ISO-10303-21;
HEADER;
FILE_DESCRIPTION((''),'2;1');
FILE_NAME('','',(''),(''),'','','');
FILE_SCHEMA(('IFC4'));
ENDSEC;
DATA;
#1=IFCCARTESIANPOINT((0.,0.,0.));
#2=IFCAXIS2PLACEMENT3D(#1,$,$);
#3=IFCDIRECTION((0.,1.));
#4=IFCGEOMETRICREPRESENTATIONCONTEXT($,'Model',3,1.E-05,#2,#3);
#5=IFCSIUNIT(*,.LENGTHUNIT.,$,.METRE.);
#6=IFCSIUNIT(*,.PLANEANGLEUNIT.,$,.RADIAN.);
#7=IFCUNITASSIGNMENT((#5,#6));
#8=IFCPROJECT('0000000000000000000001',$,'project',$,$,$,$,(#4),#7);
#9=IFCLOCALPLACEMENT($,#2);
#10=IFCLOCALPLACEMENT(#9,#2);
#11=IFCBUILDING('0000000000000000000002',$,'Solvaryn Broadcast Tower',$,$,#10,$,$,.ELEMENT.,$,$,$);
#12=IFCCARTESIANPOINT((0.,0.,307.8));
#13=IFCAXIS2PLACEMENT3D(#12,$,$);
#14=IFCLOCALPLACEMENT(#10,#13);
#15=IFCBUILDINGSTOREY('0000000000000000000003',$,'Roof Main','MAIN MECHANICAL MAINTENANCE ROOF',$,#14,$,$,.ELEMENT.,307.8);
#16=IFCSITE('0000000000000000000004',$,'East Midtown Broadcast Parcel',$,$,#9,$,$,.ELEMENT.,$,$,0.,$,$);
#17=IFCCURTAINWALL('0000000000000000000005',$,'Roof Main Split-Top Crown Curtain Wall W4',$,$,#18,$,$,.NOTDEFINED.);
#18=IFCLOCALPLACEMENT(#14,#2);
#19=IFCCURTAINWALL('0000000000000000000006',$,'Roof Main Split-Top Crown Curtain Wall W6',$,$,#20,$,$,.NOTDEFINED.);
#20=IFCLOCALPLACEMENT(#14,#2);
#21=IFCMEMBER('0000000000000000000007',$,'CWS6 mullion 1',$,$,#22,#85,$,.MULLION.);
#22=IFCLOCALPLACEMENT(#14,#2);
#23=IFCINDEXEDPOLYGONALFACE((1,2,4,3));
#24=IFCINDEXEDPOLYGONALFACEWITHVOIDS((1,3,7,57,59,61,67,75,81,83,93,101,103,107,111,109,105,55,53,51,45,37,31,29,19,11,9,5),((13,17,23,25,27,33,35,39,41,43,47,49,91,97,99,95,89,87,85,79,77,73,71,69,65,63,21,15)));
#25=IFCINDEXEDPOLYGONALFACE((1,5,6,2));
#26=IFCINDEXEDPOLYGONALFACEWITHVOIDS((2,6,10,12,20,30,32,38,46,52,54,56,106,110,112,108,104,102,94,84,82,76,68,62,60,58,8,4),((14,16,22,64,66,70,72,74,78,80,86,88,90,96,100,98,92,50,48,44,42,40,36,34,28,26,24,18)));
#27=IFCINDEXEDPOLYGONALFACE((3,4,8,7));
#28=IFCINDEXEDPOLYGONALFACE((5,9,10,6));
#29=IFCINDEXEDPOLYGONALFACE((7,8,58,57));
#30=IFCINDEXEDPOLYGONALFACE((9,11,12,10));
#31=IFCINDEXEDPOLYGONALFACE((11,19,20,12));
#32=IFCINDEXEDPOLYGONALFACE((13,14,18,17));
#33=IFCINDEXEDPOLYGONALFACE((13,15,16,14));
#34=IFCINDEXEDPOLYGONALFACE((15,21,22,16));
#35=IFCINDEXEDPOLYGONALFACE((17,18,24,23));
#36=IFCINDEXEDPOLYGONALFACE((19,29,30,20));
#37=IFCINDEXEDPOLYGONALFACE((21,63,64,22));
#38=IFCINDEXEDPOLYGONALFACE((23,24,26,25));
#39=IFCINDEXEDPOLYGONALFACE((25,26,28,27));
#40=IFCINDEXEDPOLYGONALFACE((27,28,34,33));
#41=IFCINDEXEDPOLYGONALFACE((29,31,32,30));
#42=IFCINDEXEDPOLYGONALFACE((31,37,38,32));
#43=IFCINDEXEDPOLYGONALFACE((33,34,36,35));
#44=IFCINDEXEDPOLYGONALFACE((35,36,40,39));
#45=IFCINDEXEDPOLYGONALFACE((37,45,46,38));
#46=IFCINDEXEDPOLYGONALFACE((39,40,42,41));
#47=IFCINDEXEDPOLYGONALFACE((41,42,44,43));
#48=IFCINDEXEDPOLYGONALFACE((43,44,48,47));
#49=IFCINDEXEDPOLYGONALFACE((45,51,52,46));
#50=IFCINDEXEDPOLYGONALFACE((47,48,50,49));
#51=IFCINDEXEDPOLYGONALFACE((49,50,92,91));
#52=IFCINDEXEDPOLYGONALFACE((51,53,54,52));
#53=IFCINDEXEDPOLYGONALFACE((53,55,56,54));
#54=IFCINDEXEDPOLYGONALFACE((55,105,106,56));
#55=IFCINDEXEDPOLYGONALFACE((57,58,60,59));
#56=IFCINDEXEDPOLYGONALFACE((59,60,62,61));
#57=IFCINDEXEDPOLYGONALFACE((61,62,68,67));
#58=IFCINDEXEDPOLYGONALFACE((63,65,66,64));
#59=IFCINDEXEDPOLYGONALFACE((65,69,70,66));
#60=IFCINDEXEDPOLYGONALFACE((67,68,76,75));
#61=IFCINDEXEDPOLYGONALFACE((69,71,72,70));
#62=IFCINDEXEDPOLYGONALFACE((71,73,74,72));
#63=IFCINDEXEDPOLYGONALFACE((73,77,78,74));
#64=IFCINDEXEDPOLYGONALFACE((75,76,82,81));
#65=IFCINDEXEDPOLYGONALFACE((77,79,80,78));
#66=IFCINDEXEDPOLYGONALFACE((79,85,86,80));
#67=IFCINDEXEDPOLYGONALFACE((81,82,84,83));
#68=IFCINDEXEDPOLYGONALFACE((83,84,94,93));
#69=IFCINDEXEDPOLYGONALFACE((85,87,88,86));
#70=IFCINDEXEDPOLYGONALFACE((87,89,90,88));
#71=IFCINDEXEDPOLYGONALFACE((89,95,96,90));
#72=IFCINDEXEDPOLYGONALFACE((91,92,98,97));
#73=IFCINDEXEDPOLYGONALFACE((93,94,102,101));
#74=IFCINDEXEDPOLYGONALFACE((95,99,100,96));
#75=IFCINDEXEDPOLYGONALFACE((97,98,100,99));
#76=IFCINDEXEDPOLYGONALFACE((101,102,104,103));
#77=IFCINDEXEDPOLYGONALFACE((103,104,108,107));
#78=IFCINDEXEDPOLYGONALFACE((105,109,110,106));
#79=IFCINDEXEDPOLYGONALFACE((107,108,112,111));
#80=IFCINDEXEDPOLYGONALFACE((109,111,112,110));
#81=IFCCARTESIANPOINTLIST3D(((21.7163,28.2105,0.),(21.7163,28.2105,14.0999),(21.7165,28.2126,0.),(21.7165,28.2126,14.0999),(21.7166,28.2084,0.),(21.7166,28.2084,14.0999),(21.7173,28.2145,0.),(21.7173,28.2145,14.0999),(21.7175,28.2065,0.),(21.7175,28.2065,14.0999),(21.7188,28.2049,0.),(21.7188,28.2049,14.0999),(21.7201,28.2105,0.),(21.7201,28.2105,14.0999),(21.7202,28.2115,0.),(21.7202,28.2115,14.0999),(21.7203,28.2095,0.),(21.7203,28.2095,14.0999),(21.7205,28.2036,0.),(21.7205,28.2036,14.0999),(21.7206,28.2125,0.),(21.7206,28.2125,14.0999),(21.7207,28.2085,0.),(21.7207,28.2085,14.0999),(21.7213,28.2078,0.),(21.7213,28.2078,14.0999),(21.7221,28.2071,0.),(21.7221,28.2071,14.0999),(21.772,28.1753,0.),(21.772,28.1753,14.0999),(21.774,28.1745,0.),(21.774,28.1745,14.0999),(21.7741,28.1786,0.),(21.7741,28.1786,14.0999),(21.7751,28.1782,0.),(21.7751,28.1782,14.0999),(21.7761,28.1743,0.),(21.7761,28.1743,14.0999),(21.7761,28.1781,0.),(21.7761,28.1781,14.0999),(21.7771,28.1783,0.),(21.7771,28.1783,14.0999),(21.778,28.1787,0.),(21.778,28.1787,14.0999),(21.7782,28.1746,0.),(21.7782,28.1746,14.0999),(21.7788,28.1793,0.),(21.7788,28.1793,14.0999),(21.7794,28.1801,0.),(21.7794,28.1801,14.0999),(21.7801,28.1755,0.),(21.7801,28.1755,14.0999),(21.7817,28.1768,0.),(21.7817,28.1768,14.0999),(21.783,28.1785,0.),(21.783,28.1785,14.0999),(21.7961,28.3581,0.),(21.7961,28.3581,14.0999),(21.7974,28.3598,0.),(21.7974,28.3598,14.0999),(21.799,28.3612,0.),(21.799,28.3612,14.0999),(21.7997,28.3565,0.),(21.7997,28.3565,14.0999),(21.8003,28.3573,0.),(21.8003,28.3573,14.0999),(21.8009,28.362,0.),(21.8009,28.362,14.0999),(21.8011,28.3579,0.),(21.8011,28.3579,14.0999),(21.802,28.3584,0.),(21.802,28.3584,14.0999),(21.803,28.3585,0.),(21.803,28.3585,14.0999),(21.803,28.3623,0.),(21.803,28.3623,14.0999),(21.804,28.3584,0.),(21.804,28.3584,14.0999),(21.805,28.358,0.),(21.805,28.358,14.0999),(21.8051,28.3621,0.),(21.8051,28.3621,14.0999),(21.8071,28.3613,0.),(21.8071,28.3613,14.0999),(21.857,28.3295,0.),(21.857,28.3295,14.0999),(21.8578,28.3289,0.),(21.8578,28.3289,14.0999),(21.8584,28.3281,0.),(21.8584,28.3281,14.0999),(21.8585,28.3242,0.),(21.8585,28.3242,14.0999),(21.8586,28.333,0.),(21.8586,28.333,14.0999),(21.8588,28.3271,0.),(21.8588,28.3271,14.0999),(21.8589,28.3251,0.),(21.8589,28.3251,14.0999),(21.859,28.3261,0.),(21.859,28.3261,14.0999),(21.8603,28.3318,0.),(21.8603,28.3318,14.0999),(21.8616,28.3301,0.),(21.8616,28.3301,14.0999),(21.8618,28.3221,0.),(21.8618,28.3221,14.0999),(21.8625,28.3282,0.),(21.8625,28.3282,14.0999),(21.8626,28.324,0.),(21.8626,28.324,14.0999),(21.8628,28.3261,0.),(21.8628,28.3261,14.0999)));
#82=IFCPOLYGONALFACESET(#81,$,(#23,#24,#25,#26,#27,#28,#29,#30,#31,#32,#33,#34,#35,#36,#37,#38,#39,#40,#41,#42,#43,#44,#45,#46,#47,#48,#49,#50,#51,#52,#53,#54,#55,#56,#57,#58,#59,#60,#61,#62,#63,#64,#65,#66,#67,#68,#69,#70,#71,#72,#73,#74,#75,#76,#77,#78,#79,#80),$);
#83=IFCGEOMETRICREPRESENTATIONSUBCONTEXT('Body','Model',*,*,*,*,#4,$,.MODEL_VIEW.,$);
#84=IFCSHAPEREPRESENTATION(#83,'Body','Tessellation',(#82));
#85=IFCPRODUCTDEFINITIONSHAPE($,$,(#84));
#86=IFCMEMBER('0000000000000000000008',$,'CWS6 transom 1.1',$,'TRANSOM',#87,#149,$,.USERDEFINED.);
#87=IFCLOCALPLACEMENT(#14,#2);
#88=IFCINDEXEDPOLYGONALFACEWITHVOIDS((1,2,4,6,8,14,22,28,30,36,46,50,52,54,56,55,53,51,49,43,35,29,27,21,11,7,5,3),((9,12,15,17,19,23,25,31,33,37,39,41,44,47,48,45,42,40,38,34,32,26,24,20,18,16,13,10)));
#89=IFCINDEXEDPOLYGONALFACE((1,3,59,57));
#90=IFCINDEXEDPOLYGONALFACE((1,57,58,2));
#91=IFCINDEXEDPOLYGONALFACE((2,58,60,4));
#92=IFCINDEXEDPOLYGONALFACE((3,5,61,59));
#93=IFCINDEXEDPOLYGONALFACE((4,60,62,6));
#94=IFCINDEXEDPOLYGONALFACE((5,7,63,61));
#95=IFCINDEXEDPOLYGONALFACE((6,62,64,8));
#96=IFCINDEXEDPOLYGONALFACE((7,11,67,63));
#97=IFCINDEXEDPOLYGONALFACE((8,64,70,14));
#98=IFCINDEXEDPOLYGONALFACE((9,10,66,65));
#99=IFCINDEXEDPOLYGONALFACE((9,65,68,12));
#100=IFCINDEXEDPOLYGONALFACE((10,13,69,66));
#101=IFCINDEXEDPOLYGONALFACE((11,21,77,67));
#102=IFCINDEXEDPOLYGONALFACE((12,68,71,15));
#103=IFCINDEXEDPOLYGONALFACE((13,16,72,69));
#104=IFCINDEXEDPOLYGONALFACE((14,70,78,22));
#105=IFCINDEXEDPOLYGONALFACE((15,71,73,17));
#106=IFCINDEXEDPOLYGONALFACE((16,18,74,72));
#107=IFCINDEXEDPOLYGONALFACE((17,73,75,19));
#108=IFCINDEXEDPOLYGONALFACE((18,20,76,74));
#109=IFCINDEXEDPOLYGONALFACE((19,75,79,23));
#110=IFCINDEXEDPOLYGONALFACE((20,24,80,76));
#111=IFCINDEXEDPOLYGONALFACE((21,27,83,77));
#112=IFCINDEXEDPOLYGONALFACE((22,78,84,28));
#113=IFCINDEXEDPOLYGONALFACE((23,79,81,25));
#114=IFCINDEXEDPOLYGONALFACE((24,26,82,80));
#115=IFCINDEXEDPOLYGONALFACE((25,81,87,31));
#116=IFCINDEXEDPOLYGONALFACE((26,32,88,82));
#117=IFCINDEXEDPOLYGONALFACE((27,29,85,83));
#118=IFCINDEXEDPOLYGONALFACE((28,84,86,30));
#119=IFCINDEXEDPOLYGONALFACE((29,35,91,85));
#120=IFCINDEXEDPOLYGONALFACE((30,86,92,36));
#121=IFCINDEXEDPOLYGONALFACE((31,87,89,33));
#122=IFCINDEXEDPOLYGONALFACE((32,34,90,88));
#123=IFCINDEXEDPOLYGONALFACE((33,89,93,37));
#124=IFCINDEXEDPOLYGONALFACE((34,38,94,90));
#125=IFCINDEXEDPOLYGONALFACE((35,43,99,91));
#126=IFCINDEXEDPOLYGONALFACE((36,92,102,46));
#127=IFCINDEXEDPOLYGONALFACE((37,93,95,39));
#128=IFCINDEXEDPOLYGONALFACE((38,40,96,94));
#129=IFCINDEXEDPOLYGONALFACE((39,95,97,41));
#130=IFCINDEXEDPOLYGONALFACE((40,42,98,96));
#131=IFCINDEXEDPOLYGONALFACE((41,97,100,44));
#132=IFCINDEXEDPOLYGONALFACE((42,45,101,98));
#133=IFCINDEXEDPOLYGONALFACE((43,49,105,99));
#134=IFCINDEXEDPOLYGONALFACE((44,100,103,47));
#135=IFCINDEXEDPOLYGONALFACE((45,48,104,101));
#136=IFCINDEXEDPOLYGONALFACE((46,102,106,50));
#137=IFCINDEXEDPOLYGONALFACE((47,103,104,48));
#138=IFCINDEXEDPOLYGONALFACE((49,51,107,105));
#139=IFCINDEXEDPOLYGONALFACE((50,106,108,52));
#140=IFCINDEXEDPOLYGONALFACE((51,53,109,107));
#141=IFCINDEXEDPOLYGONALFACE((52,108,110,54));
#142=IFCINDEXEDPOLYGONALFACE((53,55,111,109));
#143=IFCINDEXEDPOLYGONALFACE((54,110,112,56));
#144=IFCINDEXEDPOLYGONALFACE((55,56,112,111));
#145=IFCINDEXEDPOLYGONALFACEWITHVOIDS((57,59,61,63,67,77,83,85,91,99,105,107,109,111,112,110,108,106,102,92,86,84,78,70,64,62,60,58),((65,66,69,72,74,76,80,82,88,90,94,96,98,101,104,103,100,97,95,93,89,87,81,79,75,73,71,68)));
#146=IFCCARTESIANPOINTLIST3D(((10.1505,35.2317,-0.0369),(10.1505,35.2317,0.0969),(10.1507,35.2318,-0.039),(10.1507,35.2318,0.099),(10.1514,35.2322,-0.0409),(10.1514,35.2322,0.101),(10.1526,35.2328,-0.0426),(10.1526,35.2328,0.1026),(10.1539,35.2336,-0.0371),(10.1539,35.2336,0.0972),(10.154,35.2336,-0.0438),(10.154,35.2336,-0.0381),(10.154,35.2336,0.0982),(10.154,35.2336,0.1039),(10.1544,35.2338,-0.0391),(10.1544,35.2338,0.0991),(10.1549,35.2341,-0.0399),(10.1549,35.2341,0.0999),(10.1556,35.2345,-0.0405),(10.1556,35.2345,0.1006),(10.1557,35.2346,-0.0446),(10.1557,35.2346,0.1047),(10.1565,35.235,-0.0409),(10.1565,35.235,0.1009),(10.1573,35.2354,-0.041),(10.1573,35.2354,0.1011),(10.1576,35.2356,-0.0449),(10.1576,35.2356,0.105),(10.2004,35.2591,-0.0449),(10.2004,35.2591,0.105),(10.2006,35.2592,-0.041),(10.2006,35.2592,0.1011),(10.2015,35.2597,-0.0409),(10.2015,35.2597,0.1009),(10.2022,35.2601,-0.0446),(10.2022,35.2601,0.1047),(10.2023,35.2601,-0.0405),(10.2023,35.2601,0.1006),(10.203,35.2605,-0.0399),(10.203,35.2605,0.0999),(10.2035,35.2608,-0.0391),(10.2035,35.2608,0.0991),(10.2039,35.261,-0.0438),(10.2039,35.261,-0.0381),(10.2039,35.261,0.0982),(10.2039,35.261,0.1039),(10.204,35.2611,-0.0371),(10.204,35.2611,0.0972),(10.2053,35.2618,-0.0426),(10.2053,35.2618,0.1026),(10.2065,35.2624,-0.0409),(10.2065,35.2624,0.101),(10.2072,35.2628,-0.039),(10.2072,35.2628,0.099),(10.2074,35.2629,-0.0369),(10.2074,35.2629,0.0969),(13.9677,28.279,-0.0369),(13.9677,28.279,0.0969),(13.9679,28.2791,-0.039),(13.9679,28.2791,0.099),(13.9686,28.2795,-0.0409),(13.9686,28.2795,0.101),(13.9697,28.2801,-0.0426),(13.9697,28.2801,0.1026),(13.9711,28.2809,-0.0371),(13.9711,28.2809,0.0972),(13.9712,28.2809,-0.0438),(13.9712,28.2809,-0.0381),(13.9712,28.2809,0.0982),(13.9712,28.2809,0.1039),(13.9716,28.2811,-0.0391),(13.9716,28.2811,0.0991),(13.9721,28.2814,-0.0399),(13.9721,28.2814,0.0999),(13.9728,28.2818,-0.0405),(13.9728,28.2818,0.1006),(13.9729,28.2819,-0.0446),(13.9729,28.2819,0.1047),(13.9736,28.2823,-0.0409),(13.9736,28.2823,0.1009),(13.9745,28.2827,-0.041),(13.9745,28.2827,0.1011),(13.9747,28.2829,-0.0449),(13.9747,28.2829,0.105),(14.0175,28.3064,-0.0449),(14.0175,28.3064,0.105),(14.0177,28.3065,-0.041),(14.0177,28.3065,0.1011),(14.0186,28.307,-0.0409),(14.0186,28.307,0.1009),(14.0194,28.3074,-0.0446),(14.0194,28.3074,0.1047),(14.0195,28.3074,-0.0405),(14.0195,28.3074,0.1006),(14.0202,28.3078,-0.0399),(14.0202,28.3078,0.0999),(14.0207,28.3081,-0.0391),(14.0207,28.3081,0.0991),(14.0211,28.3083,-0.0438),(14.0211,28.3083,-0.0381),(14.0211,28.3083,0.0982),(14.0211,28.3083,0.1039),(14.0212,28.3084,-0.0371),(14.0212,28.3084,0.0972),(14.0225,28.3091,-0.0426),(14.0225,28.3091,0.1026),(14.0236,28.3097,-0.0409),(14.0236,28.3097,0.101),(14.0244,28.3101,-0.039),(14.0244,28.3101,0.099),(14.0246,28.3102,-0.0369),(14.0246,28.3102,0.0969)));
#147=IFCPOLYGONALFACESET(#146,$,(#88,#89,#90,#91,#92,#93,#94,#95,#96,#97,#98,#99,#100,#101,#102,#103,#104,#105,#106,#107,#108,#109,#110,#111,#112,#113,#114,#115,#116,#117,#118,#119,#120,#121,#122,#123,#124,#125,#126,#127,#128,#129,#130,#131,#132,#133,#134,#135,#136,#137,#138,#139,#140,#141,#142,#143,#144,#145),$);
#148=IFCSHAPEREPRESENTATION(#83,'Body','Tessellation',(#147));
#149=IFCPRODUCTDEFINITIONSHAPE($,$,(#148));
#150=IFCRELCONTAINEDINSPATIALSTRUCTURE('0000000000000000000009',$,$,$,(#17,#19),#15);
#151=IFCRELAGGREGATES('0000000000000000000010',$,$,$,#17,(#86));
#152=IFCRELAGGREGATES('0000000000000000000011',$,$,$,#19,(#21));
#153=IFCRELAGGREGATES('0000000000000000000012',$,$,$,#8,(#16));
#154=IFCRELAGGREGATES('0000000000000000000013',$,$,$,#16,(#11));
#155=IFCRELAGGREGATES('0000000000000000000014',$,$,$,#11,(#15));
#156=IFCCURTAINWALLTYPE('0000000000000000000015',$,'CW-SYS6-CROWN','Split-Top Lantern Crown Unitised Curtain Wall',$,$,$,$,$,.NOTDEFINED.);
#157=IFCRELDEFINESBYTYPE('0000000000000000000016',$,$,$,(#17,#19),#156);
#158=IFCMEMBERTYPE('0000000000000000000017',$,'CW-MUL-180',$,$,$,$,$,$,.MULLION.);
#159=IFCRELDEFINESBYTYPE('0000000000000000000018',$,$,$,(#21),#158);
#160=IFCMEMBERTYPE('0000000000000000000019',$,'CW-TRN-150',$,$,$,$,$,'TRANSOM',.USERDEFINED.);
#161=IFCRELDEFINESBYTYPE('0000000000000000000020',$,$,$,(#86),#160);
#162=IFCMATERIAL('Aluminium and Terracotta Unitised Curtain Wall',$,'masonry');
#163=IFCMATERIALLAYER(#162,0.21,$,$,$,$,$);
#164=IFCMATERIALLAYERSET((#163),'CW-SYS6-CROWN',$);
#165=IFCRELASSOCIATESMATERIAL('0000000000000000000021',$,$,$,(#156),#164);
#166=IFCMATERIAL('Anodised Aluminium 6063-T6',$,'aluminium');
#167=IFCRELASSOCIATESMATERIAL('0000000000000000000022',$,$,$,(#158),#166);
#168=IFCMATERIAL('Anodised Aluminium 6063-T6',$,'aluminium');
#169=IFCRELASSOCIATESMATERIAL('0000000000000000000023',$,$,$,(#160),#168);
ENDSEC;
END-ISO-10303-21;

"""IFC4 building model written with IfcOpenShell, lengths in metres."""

from ifc_helpers import new_model, si_unit, direction, frame, origin, origin_2d, place, context, subcontext, project, spatial, hollow_rectangle, extrude, material, layer, layer_set, material_profile, profile_set, type_object, element, aggregate, save


model = new_model("IFC4")

# Units and contexts
model_context = context("Model", 3, precision=1e-05, world=origin(), true_north=direction((0.0, 1.0)))
body_context = subcontext(model_context, "Body", "Model", "MODEL_VIEW")
ifc_project = project(units=[si_unit("LENGTHUNIT", "METRE"), si_unit("PLANEANGLEUNIT", "RADIAN")], contexts=[model_context])

# Site, building, storey
site_placement = place(None, origin())
site = spatial("IfcSite", under=ifc_project, at=site_placement, Name="East Midtown Broadcast Parcel", CompositionType="ELEMENT", RefElevation=0.0)
building_placement = place(site_placement, origin())
building = spatial("IfcBuilding", under=site, at=building_placement, Name="Solvaryn Broadcast Tower", CompositionType="ELEMENT")
storey_placement = place(building_placement, frame((0.0, 0.0, 307.8)))
storey = spatial("IfcBuildingStorey", under=building, at=storey_placement, Name="Roof Main", Description="MAIN MECHANICAL MAINTENANCE ROOF", CompositionType="ELEMENT", Elevation=307.8)

# Curtain wall
ifc_material_1 = material(Name="Aluminium and Terracotta Unitised Curtain Wall", Category="masonry")
ifc_layer_1 = layer(ifc_material_1, 0.21)
ifc_layer_set_1 = layer_set([ifc_layer_1], Name="CW-SYS6-CROWN")
curtain_wall_type = type_object("IfcCurtainWallType", Name="CW-SYS6-CROWN", Description="Split-Top Lantern Crown Unitised Curtain Wall", PredefinedType="NOTDEFINED", material=ifc_layer_set_1)
curtain_wall_1_placement = place(storey_placement, origin())
curtain_wall_1 = element("IfcCurtainWall", 1, at=curtain_wall_1_placement, inside=storey, type_object=curtain_wall_type, Name="Roof Main Split-Top Crown Curtain Wall W4", PredefinedType="NOTDEFINED")
ifc_material_2 = material(Name="Anodised Aluminium 6063-T6", Category="aluminium")
ifc_material_profile_1 = material_profile(ifc_material_2, hollow_rectangle(XDim=0.075, YDim=0.1799, WallThickness=0.0039, InnerFilletRadius=0.0039, OuterFilletRadius=0.0081, at=origin_2d()))
ifc_profile_set_1 = profile_set([ifc_material_profile_1], Name="Anodised Aluminium 6063-T6")
member_type_1 = type_object("IfcMemberType", Name="CW-MUL-180", PredefinedType="MULLION", material=ifc_profile_set_1)

# Curtain wall, member
curtain_wall_2_placement = place(storey_placement, origin())
curtain_wall_2 = element("IfcCurtainWall", 2, at=curtain_wall_2_placement, inside=storey, type_object=curtain_wall_type, Name="Roof Main Split-Top Crown Curtain Wall W6", PredefinedType="NOTDEFINED")
member_1_placement = place(storey_placement, frame((21.7896, 28.2683, 0.0), z_axis=(0.0, 0.0, 1.0), x_axis=(-0.876578, 0.481261, 0.0)))
member_1 = element("IfcMember", 3, at=member_1_placement, type_object=member_type_1, Name="CWS6 mullion 1", PredefinedType="MULLION", context=body_context, shape_type="SweptSolid", body=[
    extrude(hollow_rectangle(XDim=0.075, YDim=0.1799, WallThickness=0.0039, InnerFilletRadius=0.0039, OuterFilletRadius=0.0081, at=origin_2d()), origin(), (0.0, 0.0, 1.0), 14.0999),
])

# Member
ifc_material_3 = material(Name="Anodised Aluminium 6063-T6", Category="aluminium")
ifc_material_profile_2 = material_profile(ifc_material_3, hollow_rectangle(XDim=0.0649, YDim=0.1499, WallThickness=0.0039, InnerFilletRadius=0.0039, OuterFilletRadius=0.0081, at=origin_2d()))
ifc_profile_set_2 = profile_set([ifc_material_profile_2], Name="Anodised Aluminium 6063-T6")
member_type_2 = type_object("IfcMemberType", Name="CW-TRN-150", ElementType="TRANSOM", PredefinedType="USERDEFINED", material=ifc_profile_set_2)
member_2_placement = place(storey_placement, frame((10.179, 35.2473, 0.03), z_axis=(0.481259, -0.876578, 0.0), x_axis=(0.876578, 0.481259, 0.0)))
member_2 = element("IfcMember", 4, at=member_2_placement, type_object=member_type_2, Name="CWS6 transom 1.1", ObjectType="TRANSOM", PredefinedType="USERDEFINED", context=body_context, shape_type="SweptSolid", body=[
    extrude(hollow_rectangle(XDim=0.0649, YDim=0.1499, WallThickness=0.0039, InnerFilletRadius=0.0039, OuterFilletRadius=0.0081, at=origin_2d()), origin(), (0.0, 0.0, 1.0), 7.9316),
])

aggregate(curtain_wall_1, [member_2])
aggregate(curtain_wall_2, [member_1])

save(model, "model.ifc")
